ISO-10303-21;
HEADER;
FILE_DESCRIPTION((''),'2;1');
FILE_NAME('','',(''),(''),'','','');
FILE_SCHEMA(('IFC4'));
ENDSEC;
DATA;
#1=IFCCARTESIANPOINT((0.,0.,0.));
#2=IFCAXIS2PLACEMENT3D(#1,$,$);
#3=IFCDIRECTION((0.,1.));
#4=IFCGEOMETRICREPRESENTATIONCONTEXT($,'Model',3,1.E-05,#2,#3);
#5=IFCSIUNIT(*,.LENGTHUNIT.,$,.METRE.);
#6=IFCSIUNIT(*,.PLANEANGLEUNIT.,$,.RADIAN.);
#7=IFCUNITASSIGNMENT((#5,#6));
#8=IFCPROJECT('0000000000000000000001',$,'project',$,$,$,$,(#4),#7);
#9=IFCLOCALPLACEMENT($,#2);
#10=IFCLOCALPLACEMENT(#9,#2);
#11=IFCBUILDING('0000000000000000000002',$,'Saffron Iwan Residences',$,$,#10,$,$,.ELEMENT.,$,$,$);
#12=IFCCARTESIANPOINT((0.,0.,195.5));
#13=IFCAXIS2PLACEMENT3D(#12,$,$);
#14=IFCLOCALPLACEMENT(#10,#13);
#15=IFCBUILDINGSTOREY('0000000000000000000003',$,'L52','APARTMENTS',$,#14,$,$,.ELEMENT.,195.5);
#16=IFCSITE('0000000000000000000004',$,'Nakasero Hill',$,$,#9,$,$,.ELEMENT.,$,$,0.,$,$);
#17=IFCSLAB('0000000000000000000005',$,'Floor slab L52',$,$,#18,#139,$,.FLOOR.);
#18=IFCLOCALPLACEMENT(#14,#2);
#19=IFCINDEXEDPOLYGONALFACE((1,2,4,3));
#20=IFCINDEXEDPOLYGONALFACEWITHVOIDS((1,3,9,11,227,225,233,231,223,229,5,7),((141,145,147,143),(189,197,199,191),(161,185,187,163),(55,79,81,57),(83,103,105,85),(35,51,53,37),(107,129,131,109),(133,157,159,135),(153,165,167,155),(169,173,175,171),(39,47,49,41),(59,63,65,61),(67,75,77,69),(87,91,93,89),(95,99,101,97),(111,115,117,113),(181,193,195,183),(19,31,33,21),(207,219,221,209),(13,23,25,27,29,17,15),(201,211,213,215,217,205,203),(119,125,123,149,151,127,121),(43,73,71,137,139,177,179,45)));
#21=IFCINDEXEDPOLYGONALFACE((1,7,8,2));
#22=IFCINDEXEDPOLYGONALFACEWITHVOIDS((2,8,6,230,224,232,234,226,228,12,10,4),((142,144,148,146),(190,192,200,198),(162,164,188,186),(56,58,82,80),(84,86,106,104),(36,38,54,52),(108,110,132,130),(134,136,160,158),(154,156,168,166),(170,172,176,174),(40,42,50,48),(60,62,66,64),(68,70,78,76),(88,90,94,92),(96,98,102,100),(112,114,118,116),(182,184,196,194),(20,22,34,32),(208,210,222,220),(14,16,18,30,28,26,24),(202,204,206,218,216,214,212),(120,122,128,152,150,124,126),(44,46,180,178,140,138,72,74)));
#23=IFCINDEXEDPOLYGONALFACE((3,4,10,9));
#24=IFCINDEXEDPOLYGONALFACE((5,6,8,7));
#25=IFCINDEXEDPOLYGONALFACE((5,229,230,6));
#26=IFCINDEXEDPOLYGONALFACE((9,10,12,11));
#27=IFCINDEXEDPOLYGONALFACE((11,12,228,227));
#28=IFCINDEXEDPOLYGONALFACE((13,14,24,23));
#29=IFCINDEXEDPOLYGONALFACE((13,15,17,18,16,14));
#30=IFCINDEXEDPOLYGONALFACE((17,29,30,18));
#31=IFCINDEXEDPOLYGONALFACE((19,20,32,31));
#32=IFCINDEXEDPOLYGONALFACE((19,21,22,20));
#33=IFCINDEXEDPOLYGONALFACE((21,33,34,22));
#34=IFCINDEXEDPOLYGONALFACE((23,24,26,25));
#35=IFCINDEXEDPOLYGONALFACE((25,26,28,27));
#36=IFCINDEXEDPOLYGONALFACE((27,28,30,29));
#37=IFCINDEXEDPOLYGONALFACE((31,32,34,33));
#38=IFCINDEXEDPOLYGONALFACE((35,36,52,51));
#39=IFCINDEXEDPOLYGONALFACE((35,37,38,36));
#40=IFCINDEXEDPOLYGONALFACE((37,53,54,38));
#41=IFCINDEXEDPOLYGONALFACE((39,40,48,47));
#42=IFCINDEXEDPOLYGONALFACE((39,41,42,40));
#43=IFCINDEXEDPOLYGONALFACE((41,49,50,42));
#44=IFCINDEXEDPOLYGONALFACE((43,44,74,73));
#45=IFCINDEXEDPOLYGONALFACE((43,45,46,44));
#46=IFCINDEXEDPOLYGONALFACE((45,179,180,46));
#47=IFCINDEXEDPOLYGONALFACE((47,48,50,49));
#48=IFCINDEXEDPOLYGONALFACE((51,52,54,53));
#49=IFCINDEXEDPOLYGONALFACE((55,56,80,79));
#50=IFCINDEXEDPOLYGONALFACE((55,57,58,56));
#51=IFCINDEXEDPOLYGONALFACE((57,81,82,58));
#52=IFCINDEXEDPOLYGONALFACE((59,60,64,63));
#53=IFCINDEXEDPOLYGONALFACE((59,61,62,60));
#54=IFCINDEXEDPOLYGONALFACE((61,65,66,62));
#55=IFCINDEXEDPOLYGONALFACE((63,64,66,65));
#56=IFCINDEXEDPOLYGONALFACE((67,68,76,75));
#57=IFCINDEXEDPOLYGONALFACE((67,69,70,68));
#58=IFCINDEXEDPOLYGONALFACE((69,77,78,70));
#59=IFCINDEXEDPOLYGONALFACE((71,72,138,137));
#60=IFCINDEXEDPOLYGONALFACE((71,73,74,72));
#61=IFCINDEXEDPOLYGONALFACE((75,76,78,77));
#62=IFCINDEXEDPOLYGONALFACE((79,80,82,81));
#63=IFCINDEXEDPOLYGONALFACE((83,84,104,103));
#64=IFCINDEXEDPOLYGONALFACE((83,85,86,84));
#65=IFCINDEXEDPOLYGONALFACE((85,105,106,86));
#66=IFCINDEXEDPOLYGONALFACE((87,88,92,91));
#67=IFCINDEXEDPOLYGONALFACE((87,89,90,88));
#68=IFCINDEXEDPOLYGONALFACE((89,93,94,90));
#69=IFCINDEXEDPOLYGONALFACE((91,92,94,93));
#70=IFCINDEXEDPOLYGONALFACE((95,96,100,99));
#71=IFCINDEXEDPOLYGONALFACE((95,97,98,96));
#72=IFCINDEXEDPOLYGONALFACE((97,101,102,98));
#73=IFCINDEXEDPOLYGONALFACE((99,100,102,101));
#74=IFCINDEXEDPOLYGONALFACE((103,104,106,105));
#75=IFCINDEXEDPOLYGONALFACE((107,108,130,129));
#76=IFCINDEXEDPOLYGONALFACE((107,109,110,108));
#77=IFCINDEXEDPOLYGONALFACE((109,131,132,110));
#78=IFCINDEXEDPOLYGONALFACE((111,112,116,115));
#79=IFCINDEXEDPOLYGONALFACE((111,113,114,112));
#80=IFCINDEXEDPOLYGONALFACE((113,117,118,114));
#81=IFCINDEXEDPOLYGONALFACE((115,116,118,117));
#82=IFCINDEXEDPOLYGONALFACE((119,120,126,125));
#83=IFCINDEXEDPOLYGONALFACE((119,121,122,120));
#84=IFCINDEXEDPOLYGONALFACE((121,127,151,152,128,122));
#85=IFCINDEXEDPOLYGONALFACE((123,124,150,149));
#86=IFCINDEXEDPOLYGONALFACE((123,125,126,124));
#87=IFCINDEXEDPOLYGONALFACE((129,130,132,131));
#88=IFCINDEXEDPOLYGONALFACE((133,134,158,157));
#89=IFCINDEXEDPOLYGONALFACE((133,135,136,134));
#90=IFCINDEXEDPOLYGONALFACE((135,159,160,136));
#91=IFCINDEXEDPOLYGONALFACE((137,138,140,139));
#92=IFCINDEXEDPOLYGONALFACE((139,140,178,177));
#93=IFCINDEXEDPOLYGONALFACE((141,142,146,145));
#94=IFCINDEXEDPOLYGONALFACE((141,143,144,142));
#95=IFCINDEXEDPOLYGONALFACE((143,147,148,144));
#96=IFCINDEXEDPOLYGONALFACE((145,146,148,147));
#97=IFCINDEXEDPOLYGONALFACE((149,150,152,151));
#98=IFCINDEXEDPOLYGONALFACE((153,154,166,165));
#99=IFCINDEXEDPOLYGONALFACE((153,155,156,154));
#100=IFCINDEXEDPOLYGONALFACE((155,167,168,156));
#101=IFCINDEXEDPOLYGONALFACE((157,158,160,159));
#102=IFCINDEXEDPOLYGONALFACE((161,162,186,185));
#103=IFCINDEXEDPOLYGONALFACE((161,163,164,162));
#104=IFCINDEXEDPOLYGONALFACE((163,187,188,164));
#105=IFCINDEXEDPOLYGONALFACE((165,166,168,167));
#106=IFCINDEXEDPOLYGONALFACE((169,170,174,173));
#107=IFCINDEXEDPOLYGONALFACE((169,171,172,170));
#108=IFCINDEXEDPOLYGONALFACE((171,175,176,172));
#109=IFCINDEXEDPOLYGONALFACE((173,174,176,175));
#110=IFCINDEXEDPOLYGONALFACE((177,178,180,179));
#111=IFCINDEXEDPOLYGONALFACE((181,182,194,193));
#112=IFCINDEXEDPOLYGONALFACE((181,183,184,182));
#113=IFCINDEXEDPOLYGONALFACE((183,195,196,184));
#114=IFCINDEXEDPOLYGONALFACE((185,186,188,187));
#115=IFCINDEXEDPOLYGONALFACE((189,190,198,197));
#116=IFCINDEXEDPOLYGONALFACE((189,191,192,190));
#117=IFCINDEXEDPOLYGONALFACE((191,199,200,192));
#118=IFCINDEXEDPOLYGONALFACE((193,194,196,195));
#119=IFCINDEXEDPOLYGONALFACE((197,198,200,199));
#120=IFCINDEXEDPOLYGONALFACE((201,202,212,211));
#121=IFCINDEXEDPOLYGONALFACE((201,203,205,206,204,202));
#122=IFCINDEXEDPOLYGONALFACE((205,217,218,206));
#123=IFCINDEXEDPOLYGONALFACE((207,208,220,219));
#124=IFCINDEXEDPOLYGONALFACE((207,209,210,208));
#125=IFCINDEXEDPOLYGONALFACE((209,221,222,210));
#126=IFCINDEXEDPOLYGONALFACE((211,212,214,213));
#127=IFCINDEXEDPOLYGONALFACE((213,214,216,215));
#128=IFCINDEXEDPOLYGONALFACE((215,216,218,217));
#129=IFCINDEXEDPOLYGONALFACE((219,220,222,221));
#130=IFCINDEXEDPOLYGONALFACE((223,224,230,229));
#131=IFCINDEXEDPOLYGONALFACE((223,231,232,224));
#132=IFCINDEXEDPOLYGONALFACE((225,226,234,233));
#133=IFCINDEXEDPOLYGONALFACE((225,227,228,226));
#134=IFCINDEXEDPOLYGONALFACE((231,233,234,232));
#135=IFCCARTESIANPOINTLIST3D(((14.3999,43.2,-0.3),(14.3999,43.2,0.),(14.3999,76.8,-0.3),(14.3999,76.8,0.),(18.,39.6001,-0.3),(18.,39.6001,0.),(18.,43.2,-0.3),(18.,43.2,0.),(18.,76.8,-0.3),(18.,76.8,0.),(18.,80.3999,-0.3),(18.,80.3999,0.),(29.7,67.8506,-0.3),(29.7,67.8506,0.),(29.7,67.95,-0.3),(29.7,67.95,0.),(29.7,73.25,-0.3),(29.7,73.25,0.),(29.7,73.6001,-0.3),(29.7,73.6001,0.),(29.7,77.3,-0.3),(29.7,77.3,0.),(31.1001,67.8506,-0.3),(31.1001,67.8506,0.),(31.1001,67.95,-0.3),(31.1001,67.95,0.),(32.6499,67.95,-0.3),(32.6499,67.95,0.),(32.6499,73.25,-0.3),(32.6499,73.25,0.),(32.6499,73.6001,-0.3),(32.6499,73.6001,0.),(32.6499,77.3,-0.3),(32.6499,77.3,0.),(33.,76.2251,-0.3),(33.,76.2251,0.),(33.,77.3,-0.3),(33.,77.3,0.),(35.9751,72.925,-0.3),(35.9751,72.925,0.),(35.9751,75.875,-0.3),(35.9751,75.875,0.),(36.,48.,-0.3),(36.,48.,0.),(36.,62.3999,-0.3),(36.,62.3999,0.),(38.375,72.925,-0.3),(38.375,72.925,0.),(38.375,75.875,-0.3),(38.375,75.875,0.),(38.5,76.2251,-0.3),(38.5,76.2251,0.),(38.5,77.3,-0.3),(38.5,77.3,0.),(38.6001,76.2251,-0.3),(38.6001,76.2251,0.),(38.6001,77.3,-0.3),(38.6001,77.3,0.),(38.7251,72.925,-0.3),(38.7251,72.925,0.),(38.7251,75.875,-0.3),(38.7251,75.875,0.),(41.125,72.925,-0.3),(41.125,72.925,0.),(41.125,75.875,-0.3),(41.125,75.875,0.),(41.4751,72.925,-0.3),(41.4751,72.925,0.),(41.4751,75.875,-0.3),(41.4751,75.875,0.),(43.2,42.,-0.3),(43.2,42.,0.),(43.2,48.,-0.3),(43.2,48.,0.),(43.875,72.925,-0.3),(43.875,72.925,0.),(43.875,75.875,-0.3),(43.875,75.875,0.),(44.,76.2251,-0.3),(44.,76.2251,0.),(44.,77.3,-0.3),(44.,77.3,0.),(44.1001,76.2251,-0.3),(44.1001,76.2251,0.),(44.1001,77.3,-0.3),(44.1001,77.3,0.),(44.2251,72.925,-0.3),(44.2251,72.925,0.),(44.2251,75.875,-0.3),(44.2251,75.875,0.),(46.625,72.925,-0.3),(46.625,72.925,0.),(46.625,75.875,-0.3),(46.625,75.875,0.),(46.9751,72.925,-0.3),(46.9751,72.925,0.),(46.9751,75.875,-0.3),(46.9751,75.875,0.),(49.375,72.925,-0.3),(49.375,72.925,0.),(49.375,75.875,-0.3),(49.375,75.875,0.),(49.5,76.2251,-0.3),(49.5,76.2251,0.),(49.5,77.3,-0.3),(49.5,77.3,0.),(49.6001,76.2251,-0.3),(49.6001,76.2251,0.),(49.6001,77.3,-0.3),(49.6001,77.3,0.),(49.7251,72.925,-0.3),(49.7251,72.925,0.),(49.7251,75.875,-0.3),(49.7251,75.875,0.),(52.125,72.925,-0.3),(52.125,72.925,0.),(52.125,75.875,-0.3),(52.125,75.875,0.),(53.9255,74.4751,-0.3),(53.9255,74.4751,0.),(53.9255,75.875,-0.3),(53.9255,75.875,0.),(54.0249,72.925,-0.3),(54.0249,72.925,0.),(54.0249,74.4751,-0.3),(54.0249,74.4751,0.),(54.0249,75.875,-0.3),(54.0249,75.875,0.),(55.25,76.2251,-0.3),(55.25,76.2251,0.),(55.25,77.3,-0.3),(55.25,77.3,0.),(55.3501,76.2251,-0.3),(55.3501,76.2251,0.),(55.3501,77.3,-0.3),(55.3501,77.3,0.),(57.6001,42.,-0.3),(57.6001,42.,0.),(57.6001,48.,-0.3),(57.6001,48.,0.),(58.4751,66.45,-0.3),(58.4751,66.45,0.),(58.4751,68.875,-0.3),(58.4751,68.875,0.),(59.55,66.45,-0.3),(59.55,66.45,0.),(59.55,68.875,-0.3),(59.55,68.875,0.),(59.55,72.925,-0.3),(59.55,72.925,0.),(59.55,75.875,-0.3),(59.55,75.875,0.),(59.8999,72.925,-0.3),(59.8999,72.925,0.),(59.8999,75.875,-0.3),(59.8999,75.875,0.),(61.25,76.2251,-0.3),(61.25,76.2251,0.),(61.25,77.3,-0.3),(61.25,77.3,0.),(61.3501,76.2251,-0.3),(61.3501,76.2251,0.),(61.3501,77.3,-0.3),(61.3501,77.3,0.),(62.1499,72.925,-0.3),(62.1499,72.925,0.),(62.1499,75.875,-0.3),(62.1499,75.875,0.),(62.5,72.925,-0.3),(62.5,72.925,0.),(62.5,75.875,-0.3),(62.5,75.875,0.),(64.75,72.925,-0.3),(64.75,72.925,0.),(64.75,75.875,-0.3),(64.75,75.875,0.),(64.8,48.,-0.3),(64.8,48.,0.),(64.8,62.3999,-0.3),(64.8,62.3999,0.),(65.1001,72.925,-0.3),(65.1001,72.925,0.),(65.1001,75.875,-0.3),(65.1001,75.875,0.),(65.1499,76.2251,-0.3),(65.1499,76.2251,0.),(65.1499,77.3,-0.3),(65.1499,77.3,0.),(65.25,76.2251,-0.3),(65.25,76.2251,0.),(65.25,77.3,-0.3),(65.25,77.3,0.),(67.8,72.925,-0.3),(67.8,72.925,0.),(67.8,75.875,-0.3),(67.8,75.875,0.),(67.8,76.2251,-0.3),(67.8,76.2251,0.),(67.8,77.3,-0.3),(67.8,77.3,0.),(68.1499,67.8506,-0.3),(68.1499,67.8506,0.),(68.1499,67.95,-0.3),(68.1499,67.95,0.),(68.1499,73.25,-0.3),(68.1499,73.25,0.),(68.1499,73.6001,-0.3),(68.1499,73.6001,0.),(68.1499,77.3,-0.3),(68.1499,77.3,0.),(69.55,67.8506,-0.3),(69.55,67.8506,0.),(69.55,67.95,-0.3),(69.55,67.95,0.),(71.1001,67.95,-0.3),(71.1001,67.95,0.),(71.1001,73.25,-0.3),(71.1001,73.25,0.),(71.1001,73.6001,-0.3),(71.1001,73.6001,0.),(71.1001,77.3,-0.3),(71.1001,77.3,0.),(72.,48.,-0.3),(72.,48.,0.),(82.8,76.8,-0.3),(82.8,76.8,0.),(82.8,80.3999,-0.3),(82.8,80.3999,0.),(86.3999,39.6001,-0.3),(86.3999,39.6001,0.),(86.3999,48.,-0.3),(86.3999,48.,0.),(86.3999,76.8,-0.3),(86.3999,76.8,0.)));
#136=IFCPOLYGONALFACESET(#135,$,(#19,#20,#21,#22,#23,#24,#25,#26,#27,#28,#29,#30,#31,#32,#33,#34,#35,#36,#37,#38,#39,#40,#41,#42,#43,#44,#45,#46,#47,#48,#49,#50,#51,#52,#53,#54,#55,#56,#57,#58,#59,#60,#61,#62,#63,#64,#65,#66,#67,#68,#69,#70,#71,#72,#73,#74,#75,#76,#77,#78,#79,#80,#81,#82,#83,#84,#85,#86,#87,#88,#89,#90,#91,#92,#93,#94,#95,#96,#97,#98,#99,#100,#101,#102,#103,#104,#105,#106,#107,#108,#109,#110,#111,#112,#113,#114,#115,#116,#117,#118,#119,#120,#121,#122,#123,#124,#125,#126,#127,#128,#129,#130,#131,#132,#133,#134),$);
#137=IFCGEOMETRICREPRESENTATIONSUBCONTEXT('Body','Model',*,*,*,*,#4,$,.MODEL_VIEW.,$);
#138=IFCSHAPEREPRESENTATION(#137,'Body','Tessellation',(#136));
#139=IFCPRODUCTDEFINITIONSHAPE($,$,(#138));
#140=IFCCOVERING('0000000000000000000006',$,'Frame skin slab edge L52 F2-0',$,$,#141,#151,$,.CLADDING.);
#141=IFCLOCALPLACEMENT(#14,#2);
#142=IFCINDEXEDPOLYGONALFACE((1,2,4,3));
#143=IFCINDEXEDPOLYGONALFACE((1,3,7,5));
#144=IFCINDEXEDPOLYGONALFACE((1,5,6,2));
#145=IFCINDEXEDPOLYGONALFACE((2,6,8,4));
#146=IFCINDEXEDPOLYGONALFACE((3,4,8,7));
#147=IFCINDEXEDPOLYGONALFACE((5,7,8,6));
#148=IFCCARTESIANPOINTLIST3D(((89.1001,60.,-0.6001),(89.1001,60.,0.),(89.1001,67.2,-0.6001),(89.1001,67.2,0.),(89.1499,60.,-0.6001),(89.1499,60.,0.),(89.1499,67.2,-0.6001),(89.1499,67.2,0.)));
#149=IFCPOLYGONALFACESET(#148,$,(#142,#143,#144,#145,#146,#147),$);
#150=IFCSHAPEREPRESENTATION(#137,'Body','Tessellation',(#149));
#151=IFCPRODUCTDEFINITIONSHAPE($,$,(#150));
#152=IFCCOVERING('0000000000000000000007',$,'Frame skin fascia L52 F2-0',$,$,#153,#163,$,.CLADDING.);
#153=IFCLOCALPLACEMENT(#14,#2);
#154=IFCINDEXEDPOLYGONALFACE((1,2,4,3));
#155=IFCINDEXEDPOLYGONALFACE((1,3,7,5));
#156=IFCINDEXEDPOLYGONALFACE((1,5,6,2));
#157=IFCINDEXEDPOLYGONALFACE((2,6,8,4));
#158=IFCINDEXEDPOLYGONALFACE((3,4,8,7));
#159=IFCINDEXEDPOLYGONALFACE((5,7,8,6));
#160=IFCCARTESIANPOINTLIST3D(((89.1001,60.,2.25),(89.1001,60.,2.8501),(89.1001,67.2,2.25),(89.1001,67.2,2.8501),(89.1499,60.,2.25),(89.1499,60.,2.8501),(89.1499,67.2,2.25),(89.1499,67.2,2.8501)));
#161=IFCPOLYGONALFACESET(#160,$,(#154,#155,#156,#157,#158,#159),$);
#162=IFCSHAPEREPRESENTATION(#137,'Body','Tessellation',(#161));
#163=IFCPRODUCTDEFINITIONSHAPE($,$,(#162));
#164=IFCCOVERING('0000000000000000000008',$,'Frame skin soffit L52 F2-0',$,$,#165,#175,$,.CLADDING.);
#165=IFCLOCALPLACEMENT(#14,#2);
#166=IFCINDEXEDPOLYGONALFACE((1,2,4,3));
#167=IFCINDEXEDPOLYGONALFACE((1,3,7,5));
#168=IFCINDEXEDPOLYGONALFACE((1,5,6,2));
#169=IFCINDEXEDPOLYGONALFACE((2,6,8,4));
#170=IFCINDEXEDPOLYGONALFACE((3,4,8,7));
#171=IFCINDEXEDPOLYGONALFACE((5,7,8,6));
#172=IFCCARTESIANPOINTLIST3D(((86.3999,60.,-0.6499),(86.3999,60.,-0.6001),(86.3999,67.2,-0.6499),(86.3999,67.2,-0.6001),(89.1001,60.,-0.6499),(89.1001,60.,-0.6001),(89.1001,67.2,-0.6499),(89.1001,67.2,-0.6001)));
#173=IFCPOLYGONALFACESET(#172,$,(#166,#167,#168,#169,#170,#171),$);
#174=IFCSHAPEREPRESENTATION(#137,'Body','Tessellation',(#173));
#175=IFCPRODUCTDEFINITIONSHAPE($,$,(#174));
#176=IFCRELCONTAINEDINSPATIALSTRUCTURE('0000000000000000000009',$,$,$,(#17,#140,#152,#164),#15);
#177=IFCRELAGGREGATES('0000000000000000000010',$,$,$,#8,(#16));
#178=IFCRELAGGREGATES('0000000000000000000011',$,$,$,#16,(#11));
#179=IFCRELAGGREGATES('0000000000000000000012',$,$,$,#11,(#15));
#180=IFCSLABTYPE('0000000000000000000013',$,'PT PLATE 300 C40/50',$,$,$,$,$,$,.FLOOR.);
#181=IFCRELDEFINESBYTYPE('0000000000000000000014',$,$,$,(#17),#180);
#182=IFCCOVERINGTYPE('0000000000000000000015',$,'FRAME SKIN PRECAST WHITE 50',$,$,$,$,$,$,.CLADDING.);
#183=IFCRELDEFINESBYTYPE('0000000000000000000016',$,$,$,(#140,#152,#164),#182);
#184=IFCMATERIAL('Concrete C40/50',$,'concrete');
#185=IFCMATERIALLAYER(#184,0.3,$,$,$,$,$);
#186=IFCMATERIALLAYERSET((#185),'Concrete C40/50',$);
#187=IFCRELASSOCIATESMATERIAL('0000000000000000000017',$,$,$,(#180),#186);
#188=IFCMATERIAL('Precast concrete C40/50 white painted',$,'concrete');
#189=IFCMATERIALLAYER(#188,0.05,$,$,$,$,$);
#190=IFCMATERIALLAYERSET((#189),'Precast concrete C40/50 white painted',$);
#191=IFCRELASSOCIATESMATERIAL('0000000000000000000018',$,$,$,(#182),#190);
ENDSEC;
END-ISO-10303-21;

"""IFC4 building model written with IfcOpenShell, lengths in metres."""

from ifc_helpers import new_model, si_unit, direction, frame, origin, place, context, subcontext, project, spatial, polyline, outline, extrude, material, layer, layer_set, type_object, element, save


model = new_model("IFC4")

# Units and contexts
model_context = context("Model", 3, precision=1e-05, world=origin(), true_north=direction((0.0, 1.0)))
body_context = subcontext(model_context, "Body", "Model", "MODEL_VIEW")
ifc_project = project(units=[si_unit("LENGTHUNIT", "METRE"), si_unit("PLANEANGLEUNIT", "RADIAN")], contexts=[model_context])

# Site, building, storey
site_placement = place(None, origin())
site = spatial("IfcSite", under=ifc_project, at=site_placement, Name="Nakasero Hill", CompositionType="ELEMENT", RefElevation=0.0)
building_placement = place(site_placement, origin())
building = spatial("IfcBuilding", under=site, at=building_placement, Name="Saffron Iwan Residences", CompositionType="ELEMENT")
storey_placement = place(building_placement, frame((0.0, 0.0, 195.5)))
storey = spatial("IfcBuildingStorey", under=building, at=storey_placement, Name="L52", Description="APARTMENTS", CompositionType="ELEMENT", Elevation=195.5)

# Slab
ifc_material_1 = material(Name="Concrete C40/50", Category="concrete")
ifc_layer_1 = layer(ifc_material_1, 0.3)
ifc_layer_set_1 = layer_set([ifc_layer_1], Name="Concrete C40/50")
slab_type_1 = type_object("IfcSlabType", Name="PT PLATE 300 C40/50", PredefinedType="FLOOR", material=ifc_layer_set_1)
slab_1_placement = place(storey_placement, frame((0.0, 0.0, -0.3)))
element("IfcSlab", 1, at=slab_1_placement, inside=storey, type_object=slab_type_1, Name="Floor slab L52", PredefinedType="FLOOR", context=body_context, shape_type="SweptSolid", body=[
    extrude(outline(polyline([(14.3999, 43.2), (14.3999, 76.8), (18.0, 76.8), (18.0, 80.3999), (82.8, 80.3999), (82.8, 76.8), (86.3999, 76.8), (86.3999, 48.0), (72.0, 48.0), (86.3999, 39.6001), (18.0, 39.6001), (18.0, 43.2), (14.3999, 43.2)]), holes=[polyline([(64.8, 48.0), (64.8, 62.3999), (36.0, 62.3999), (36.0, 48.0), (43.2, 48.0), (43.2, 42.0), (57.6001, 42.0), (57.6001, 48.0), (64.8, 48.0)]), polyline([(29.7, 73.25), (29.7, 67.95), (29.7, 67.8506), (31.1001, 67.8506), (31.1001, 67.95), (32.6499, 67.95), (32.6499, 73.25), (29.7, 73.25)]), polyline([(38.375, 75.875), (35.9751, 75.875), (35.9751, 72.925), (38.375, 72.925), (38.375, 75.875)]), polyline([(41.125, 75.875), (38.7251, 75.875), (38.7251, 72.925), (41.125, 72.925), (41.125, 75.875)]), polyline([(43.875, 72.925), (43.875, 75.875), (41.4751, 75.875), (41.4751, 72.925), (43.875, 72.925)]), polyline([(46.625, 72.925), (46.625, 75.875), (44.2251, 75.875), (44.2251, 72.925), (46.625, 72.925)]), polyline([(49.375, 75.875), (46.9751, 75.875), (46.9751, 72.925), (49.375, 72.925), (49.375, 75.875)]), polyline([(52.125, 72.925), (52.125, 75.875), (49.7251, 75.875), (49.7251, 72.925), (52.125, 72.925)]), polyline([(32.6499, 73.6001), (32.6499, 77.3), (29.7, 77.3), (29.7, 73.6001), (32.6499, 73.6001)]), polyline([(38.5, 77.3), (33.0, 77.3), (33.0, 76.2251), (38.5, 76.2251), (38.5, 77.3)]), polyline([(44.0, 76.2251), (44.0, 77.3), (38.6001, 77.3), (38.6001, 76.2251), (44.0, 76.2251)]), polyline([(49.5, 76.2251), (49.5, 77.3), (44.1001, 77.3), (44.1001, 76.2251), (49.5, 76.2251)]), polyline([(59.55, 68.875), (58.4751, 68.875), (58.4751, 66.45), (59.55, 66.45), (59.55, 68.875)]), polyline([(68.1499, 73.25), (68.1499, 67.95), (68.1499, 67.8506), (69.55, 67.8506), (69.55, 67.95), (71.1001, 67.95), (71.1001, 73.25), (68.1499, 73.25)]), polyline([(54.0249, 74.4751), (54.0249, 72.925), (59.55, 72.925), (59.55, 75.875), (54.0249, 75.875), (53.9255, 75.875), (53.9255, 74.4751), (54.0249, 74.4751)]), polyline([(62.1499, 72.925), (62.1499, 75.875), (59.8999, 75.875), (59.8999, 72.925), (62.1499, 72.925)]), polyline([(64.75, 72.925), (64.75, 75.875), (62.5, 75.875), (62.5, 72.925), (64.75, 72.925)]), polyline([(67.8, 75.875), (65.1001, 75.875), (65.1001, 72.925), (67.8, 72.925), (67.8, 75.875)]), polyline([(71.1001, 73.6001), (71.1001, 77.3), (68.1499, 77.3), (68.1499, 73.6001), (71.1001, 73.6001)]), polyline([(55.25, 76.2251), (55.25, 77.3), (49.6001, 77.3), (49.6001, 76.2251), (55.25, 76.2251)]), polyline([(61.25, 77.3), (55.3501, 77.3), (55.3501, 76.2251), (61.25, 76.2251), (61.25, 77.3)]), polyline([(65.1499, 76.2251), (65.1499, 77.3), (61.3501, 77.3), (61.3501, 76.2251), (65.1499, 76.2251)]), polyline([(67.8, 76.2251), (67.8, 77.3), (65.25, 77.3), (65.25, 76.2251), (67.8, 76.2251)])]), origin(), (0.0, 0.0, 1.0), 0.3),
])

# Coverings
ifc_material_2 = material(Name="Precast concrete C40/50 white painted", Category="concrete")
ifc_layer_2 = layer(ifc_material_2, 0.05)
ifc_layer_set_2 = layer_set([ifc_layer_2], Name="Precast concrete C40/50 white painted")
covering_type_1 = type_object("IfcCoveringType", Name="FRAME SKIN PRECAST WHITE 50", PredefinedType="CLADDING", material=ifc_layer_set_2)
for number, where, name in (
    (2, (0.0, 0.0, -0.6001), "Frame skin slab edge L52 F2-0"),
    (3, (0.0, 0.0, 2.25), "Frame skin fascia L52 F2-0"),
):
    element("IfcCovering", number, at=place(storey_placement, frame(where)), inside=storey, type_object=covering_type_1, Name=name, PredefinedType="CLADDING", context=body_context, shape_type="SweptSolid", body=[
        extrude(outline(polyline([(89.1499, 60.0), (89.1499, 67.2), (89.1001, 67.2), (89.1001, 60.0), (89.1499, 60.0)])), origin(), (0.0, 0.0, 1.0), 0.6001),
    ])
covering_1_placement = place(storey_placement, frame((0.0, 0.0, -0.6499)))
element("IfcCovering", 4, at=covering_1_placement, inside=storey, type_object=covering_type_1, Name="Frame skin soffit L52 F2-0", PredefinedType="CLADDING", context=body_context, shape_type="SweptSolid", body=[
    extrude(outline(polyline([(89.1001, 60.0), (89.1001, 67.2), (86.3999, 67.2), (86.3999, 60.0), (89.1001, 60.0)])), origin(), (0.0, 0.0, 1.0), 0.0498),
])

save(model, "model.ifc")
